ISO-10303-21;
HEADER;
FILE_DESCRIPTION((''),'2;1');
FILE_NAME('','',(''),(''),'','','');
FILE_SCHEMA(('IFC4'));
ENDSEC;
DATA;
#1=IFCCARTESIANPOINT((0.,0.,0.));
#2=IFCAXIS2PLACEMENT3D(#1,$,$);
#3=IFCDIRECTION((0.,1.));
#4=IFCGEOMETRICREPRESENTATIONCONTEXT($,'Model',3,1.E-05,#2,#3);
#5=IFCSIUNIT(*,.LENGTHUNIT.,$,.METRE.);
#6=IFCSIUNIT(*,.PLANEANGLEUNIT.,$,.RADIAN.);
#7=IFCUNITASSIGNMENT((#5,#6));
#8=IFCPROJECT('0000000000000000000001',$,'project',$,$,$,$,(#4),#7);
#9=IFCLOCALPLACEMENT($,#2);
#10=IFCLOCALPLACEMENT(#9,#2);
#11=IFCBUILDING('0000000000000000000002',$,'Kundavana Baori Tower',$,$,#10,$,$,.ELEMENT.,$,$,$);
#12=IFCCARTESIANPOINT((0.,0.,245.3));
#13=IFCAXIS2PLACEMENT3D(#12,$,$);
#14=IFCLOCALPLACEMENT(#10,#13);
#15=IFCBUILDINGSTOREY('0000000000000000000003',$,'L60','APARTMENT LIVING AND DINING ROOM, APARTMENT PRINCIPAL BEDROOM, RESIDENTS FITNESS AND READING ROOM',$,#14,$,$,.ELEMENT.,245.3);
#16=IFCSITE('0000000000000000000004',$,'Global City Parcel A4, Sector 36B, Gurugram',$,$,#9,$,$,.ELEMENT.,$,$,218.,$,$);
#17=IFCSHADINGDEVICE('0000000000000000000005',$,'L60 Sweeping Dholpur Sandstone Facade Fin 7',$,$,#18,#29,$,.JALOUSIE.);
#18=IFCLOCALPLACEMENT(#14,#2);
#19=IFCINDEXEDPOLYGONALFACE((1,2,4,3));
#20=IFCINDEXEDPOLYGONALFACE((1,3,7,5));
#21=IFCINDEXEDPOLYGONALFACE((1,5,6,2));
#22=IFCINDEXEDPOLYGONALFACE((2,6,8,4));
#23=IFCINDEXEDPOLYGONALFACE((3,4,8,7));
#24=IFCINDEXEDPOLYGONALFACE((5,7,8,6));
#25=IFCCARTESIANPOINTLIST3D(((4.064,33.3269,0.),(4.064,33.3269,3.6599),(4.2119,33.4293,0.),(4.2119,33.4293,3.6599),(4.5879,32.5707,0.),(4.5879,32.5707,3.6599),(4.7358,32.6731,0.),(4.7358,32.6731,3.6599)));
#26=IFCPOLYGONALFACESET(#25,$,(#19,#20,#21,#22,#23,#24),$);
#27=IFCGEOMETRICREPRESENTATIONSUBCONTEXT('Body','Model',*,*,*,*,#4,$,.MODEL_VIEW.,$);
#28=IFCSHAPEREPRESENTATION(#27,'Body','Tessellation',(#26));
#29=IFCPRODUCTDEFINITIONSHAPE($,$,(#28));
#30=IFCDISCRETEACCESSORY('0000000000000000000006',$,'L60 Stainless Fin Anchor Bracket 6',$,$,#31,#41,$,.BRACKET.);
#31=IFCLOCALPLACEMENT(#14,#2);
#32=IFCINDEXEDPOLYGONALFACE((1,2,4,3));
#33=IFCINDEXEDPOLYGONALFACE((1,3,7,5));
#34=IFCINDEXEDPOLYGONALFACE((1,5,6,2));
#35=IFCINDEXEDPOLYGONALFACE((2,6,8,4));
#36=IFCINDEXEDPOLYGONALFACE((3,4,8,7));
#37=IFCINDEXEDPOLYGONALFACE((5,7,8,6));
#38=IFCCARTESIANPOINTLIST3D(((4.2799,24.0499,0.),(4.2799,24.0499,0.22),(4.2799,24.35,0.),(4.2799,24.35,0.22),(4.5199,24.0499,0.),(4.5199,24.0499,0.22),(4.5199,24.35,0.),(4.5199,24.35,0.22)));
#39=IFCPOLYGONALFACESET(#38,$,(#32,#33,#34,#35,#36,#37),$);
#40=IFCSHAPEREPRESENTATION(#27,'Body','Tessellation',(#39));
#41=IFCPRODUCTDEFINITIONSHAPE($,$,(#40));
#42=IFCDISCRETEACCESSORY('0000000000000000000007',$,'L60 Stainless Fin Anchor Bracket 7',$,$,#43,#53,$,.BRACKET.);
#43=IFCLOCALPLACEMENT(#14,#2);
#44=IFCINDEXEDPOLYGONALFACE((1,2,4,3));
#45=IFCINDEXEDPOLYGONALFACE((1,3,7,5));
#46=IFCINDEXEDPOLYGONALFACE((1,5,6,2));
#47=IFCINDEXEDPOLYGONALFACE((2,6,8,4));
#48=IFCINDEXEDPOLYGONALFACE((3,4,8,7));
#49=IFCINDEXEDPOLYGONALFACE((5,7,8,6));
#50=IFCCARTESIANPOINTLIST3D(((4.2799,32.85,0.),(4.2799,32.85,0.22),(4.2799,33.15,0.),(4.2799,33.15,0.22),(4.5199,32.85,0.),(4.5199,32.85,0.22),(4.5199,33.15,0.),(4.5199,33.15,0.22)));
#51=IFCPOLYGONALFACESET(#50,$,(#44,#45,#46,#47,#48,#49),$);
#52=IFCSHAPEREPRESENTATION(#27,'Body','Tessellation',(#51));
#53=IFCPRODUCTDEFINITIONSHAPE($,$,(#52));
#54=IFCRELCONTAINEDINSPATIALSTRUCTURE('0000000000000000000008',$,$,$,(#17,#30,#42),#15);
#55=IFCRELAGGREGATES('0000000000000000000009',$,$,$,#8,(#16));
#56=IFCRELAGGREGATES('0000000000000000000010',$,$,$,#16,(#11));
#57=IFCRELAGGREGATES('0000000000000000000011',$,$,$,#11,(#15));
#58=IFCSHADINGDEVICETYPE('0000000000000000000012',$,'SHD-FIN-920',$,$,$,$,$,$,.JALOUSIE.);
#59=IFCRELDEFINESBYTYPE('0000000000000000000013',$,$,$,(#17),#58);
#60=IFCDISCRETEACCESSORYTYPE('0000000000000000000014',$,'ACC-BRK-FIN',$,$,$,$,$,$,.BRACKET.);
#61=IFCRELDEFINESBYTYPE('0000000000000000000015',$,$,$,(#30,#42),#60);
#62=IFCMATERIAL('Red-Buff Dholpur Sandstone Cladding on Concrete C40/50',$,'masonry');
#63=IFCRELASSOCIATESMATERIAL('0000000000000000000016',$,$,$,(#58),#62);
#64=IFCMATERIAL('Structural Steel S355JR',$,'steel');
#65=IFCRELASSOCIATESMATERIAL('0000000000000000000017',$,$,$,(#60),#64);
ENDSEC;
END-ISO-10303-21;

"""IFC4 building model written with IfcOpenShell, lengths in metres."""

from ifc_helpers import new_model, si_unit, direction, frame, origin, origin_2d, place, context, subcontext, project, spatial, rectangle, extrude, material, type_object, element, save


model = new_model("IFC4")

# Units and contexts
model_context = context("Model", 3, precision=1e-05, world=origin(), true_north=direction((0.0, 1.0)))
body_context = subcontext(model_context, "Body", "Model", "MODEL_VIEW")
ifc_project = project(units=[si_unit("LENGTHUNIT", "METRE"), si_unit("PLANEANGLEUNIT", "RADIAN")], contexts=[model_context])

# Site, building, storey
site_placement = place(None, origin())
site = spatial("IfcSite", under=ifc_project, at=site_placement, Name="Global City Parcel A4, Sector 36B, Gurugram", CompositionType="ELEMENT", RefElevation=218.0)
building_placement = place(site_placement, origin())
building = spatial("IfcBuilding", under=site, at=building_placement, Name="Kundavana Baori Tower", CompositionType="ELEMENT")
storey_placement = place(building_placement, frame((0.0, 0.0, 245.3)))
storey = spatial("IfcBuildingStorey", under=building, at=storey_placement, Name="L60", Description="APARTMENT LIVING AND DINING ROOM, APARTMENT PRINCIPAL BEDROOM, RESIDENTS FITNESS AND READING ROOM", CompositionType="ELEMENT", Elevation=245.3)

# Shading device
ifc_material_1 = material(Name="Red-Buff Dholpur Sandstone Cladding on Concrete C40/50", Category="masonry")
shading_device_type = type_object("IfcShadingDeviceType", Name="SHD-FIN-920", PredefinedType="JALOUSIE", material=ifc_material_1)
shading_device_placement = place(storey_placement, frame((4.3999, 33.0, 0.0), z_axis=(0.0, 0.0, 1.0), x_axis=(0.822045, 0.569423, 0.0)))
element("IfcShadingDevice", 1, at=shading_device_placement, inside=storey, type_object=shading_device_type, Name="L60 Sweeping Dholpur Sandstone Facade Fin 7", PredefinedType="JALOUSIE", context=body_context, shape_type="SweptSolid", body=[
    extrude(rectangle(XDim=0.1799, YDim=0.9199, at=origin_2d()), origin(), (0.0, 0.0, 1.0), 3.6599),
])

# Discrete accessories
ifc_material_2 = material(Name="Structural Steel S355JR", Category="steel")
discrete_accessory_type = type_object("IfcDiscreteAccessoryType", Name="ACC-BRK-FIN", PredefinedType="BRACKET", material=ifc_material_2)
for number, where, z_axis, x_axis, name in (
    (2, (4.3999, 24.2, 0.0), (0.0, 0.0, 1.0), (1.0, 0.0, 0.0), "L60 Stainless Fin Anchor Bracket 6"),
    (3, (4.3999, 33.0, 0.0), (0.0, 0.0, 1.0), (1.0, 0.0, 0.0), "L60 Stainless Fin Anchor Bracket 7"),
):
    element("IfcDiscreteAccessory", number, at=place(storey_placement, frame(where, z_axis=z_axis, x_axis=x_axis)), inside=storey, type_object=discrete_accessory_type, Name=name, PredefinedType="BRACKET", context=body_context, shape_type="SweptSolid", body=[
        extrude(rectangle(XDim=0.24, YDim=0.3, at=origin_2d()), origin(), (0.0, 0.0, 1.0), 0.22),
    ])

save(model, "model.ifc")
